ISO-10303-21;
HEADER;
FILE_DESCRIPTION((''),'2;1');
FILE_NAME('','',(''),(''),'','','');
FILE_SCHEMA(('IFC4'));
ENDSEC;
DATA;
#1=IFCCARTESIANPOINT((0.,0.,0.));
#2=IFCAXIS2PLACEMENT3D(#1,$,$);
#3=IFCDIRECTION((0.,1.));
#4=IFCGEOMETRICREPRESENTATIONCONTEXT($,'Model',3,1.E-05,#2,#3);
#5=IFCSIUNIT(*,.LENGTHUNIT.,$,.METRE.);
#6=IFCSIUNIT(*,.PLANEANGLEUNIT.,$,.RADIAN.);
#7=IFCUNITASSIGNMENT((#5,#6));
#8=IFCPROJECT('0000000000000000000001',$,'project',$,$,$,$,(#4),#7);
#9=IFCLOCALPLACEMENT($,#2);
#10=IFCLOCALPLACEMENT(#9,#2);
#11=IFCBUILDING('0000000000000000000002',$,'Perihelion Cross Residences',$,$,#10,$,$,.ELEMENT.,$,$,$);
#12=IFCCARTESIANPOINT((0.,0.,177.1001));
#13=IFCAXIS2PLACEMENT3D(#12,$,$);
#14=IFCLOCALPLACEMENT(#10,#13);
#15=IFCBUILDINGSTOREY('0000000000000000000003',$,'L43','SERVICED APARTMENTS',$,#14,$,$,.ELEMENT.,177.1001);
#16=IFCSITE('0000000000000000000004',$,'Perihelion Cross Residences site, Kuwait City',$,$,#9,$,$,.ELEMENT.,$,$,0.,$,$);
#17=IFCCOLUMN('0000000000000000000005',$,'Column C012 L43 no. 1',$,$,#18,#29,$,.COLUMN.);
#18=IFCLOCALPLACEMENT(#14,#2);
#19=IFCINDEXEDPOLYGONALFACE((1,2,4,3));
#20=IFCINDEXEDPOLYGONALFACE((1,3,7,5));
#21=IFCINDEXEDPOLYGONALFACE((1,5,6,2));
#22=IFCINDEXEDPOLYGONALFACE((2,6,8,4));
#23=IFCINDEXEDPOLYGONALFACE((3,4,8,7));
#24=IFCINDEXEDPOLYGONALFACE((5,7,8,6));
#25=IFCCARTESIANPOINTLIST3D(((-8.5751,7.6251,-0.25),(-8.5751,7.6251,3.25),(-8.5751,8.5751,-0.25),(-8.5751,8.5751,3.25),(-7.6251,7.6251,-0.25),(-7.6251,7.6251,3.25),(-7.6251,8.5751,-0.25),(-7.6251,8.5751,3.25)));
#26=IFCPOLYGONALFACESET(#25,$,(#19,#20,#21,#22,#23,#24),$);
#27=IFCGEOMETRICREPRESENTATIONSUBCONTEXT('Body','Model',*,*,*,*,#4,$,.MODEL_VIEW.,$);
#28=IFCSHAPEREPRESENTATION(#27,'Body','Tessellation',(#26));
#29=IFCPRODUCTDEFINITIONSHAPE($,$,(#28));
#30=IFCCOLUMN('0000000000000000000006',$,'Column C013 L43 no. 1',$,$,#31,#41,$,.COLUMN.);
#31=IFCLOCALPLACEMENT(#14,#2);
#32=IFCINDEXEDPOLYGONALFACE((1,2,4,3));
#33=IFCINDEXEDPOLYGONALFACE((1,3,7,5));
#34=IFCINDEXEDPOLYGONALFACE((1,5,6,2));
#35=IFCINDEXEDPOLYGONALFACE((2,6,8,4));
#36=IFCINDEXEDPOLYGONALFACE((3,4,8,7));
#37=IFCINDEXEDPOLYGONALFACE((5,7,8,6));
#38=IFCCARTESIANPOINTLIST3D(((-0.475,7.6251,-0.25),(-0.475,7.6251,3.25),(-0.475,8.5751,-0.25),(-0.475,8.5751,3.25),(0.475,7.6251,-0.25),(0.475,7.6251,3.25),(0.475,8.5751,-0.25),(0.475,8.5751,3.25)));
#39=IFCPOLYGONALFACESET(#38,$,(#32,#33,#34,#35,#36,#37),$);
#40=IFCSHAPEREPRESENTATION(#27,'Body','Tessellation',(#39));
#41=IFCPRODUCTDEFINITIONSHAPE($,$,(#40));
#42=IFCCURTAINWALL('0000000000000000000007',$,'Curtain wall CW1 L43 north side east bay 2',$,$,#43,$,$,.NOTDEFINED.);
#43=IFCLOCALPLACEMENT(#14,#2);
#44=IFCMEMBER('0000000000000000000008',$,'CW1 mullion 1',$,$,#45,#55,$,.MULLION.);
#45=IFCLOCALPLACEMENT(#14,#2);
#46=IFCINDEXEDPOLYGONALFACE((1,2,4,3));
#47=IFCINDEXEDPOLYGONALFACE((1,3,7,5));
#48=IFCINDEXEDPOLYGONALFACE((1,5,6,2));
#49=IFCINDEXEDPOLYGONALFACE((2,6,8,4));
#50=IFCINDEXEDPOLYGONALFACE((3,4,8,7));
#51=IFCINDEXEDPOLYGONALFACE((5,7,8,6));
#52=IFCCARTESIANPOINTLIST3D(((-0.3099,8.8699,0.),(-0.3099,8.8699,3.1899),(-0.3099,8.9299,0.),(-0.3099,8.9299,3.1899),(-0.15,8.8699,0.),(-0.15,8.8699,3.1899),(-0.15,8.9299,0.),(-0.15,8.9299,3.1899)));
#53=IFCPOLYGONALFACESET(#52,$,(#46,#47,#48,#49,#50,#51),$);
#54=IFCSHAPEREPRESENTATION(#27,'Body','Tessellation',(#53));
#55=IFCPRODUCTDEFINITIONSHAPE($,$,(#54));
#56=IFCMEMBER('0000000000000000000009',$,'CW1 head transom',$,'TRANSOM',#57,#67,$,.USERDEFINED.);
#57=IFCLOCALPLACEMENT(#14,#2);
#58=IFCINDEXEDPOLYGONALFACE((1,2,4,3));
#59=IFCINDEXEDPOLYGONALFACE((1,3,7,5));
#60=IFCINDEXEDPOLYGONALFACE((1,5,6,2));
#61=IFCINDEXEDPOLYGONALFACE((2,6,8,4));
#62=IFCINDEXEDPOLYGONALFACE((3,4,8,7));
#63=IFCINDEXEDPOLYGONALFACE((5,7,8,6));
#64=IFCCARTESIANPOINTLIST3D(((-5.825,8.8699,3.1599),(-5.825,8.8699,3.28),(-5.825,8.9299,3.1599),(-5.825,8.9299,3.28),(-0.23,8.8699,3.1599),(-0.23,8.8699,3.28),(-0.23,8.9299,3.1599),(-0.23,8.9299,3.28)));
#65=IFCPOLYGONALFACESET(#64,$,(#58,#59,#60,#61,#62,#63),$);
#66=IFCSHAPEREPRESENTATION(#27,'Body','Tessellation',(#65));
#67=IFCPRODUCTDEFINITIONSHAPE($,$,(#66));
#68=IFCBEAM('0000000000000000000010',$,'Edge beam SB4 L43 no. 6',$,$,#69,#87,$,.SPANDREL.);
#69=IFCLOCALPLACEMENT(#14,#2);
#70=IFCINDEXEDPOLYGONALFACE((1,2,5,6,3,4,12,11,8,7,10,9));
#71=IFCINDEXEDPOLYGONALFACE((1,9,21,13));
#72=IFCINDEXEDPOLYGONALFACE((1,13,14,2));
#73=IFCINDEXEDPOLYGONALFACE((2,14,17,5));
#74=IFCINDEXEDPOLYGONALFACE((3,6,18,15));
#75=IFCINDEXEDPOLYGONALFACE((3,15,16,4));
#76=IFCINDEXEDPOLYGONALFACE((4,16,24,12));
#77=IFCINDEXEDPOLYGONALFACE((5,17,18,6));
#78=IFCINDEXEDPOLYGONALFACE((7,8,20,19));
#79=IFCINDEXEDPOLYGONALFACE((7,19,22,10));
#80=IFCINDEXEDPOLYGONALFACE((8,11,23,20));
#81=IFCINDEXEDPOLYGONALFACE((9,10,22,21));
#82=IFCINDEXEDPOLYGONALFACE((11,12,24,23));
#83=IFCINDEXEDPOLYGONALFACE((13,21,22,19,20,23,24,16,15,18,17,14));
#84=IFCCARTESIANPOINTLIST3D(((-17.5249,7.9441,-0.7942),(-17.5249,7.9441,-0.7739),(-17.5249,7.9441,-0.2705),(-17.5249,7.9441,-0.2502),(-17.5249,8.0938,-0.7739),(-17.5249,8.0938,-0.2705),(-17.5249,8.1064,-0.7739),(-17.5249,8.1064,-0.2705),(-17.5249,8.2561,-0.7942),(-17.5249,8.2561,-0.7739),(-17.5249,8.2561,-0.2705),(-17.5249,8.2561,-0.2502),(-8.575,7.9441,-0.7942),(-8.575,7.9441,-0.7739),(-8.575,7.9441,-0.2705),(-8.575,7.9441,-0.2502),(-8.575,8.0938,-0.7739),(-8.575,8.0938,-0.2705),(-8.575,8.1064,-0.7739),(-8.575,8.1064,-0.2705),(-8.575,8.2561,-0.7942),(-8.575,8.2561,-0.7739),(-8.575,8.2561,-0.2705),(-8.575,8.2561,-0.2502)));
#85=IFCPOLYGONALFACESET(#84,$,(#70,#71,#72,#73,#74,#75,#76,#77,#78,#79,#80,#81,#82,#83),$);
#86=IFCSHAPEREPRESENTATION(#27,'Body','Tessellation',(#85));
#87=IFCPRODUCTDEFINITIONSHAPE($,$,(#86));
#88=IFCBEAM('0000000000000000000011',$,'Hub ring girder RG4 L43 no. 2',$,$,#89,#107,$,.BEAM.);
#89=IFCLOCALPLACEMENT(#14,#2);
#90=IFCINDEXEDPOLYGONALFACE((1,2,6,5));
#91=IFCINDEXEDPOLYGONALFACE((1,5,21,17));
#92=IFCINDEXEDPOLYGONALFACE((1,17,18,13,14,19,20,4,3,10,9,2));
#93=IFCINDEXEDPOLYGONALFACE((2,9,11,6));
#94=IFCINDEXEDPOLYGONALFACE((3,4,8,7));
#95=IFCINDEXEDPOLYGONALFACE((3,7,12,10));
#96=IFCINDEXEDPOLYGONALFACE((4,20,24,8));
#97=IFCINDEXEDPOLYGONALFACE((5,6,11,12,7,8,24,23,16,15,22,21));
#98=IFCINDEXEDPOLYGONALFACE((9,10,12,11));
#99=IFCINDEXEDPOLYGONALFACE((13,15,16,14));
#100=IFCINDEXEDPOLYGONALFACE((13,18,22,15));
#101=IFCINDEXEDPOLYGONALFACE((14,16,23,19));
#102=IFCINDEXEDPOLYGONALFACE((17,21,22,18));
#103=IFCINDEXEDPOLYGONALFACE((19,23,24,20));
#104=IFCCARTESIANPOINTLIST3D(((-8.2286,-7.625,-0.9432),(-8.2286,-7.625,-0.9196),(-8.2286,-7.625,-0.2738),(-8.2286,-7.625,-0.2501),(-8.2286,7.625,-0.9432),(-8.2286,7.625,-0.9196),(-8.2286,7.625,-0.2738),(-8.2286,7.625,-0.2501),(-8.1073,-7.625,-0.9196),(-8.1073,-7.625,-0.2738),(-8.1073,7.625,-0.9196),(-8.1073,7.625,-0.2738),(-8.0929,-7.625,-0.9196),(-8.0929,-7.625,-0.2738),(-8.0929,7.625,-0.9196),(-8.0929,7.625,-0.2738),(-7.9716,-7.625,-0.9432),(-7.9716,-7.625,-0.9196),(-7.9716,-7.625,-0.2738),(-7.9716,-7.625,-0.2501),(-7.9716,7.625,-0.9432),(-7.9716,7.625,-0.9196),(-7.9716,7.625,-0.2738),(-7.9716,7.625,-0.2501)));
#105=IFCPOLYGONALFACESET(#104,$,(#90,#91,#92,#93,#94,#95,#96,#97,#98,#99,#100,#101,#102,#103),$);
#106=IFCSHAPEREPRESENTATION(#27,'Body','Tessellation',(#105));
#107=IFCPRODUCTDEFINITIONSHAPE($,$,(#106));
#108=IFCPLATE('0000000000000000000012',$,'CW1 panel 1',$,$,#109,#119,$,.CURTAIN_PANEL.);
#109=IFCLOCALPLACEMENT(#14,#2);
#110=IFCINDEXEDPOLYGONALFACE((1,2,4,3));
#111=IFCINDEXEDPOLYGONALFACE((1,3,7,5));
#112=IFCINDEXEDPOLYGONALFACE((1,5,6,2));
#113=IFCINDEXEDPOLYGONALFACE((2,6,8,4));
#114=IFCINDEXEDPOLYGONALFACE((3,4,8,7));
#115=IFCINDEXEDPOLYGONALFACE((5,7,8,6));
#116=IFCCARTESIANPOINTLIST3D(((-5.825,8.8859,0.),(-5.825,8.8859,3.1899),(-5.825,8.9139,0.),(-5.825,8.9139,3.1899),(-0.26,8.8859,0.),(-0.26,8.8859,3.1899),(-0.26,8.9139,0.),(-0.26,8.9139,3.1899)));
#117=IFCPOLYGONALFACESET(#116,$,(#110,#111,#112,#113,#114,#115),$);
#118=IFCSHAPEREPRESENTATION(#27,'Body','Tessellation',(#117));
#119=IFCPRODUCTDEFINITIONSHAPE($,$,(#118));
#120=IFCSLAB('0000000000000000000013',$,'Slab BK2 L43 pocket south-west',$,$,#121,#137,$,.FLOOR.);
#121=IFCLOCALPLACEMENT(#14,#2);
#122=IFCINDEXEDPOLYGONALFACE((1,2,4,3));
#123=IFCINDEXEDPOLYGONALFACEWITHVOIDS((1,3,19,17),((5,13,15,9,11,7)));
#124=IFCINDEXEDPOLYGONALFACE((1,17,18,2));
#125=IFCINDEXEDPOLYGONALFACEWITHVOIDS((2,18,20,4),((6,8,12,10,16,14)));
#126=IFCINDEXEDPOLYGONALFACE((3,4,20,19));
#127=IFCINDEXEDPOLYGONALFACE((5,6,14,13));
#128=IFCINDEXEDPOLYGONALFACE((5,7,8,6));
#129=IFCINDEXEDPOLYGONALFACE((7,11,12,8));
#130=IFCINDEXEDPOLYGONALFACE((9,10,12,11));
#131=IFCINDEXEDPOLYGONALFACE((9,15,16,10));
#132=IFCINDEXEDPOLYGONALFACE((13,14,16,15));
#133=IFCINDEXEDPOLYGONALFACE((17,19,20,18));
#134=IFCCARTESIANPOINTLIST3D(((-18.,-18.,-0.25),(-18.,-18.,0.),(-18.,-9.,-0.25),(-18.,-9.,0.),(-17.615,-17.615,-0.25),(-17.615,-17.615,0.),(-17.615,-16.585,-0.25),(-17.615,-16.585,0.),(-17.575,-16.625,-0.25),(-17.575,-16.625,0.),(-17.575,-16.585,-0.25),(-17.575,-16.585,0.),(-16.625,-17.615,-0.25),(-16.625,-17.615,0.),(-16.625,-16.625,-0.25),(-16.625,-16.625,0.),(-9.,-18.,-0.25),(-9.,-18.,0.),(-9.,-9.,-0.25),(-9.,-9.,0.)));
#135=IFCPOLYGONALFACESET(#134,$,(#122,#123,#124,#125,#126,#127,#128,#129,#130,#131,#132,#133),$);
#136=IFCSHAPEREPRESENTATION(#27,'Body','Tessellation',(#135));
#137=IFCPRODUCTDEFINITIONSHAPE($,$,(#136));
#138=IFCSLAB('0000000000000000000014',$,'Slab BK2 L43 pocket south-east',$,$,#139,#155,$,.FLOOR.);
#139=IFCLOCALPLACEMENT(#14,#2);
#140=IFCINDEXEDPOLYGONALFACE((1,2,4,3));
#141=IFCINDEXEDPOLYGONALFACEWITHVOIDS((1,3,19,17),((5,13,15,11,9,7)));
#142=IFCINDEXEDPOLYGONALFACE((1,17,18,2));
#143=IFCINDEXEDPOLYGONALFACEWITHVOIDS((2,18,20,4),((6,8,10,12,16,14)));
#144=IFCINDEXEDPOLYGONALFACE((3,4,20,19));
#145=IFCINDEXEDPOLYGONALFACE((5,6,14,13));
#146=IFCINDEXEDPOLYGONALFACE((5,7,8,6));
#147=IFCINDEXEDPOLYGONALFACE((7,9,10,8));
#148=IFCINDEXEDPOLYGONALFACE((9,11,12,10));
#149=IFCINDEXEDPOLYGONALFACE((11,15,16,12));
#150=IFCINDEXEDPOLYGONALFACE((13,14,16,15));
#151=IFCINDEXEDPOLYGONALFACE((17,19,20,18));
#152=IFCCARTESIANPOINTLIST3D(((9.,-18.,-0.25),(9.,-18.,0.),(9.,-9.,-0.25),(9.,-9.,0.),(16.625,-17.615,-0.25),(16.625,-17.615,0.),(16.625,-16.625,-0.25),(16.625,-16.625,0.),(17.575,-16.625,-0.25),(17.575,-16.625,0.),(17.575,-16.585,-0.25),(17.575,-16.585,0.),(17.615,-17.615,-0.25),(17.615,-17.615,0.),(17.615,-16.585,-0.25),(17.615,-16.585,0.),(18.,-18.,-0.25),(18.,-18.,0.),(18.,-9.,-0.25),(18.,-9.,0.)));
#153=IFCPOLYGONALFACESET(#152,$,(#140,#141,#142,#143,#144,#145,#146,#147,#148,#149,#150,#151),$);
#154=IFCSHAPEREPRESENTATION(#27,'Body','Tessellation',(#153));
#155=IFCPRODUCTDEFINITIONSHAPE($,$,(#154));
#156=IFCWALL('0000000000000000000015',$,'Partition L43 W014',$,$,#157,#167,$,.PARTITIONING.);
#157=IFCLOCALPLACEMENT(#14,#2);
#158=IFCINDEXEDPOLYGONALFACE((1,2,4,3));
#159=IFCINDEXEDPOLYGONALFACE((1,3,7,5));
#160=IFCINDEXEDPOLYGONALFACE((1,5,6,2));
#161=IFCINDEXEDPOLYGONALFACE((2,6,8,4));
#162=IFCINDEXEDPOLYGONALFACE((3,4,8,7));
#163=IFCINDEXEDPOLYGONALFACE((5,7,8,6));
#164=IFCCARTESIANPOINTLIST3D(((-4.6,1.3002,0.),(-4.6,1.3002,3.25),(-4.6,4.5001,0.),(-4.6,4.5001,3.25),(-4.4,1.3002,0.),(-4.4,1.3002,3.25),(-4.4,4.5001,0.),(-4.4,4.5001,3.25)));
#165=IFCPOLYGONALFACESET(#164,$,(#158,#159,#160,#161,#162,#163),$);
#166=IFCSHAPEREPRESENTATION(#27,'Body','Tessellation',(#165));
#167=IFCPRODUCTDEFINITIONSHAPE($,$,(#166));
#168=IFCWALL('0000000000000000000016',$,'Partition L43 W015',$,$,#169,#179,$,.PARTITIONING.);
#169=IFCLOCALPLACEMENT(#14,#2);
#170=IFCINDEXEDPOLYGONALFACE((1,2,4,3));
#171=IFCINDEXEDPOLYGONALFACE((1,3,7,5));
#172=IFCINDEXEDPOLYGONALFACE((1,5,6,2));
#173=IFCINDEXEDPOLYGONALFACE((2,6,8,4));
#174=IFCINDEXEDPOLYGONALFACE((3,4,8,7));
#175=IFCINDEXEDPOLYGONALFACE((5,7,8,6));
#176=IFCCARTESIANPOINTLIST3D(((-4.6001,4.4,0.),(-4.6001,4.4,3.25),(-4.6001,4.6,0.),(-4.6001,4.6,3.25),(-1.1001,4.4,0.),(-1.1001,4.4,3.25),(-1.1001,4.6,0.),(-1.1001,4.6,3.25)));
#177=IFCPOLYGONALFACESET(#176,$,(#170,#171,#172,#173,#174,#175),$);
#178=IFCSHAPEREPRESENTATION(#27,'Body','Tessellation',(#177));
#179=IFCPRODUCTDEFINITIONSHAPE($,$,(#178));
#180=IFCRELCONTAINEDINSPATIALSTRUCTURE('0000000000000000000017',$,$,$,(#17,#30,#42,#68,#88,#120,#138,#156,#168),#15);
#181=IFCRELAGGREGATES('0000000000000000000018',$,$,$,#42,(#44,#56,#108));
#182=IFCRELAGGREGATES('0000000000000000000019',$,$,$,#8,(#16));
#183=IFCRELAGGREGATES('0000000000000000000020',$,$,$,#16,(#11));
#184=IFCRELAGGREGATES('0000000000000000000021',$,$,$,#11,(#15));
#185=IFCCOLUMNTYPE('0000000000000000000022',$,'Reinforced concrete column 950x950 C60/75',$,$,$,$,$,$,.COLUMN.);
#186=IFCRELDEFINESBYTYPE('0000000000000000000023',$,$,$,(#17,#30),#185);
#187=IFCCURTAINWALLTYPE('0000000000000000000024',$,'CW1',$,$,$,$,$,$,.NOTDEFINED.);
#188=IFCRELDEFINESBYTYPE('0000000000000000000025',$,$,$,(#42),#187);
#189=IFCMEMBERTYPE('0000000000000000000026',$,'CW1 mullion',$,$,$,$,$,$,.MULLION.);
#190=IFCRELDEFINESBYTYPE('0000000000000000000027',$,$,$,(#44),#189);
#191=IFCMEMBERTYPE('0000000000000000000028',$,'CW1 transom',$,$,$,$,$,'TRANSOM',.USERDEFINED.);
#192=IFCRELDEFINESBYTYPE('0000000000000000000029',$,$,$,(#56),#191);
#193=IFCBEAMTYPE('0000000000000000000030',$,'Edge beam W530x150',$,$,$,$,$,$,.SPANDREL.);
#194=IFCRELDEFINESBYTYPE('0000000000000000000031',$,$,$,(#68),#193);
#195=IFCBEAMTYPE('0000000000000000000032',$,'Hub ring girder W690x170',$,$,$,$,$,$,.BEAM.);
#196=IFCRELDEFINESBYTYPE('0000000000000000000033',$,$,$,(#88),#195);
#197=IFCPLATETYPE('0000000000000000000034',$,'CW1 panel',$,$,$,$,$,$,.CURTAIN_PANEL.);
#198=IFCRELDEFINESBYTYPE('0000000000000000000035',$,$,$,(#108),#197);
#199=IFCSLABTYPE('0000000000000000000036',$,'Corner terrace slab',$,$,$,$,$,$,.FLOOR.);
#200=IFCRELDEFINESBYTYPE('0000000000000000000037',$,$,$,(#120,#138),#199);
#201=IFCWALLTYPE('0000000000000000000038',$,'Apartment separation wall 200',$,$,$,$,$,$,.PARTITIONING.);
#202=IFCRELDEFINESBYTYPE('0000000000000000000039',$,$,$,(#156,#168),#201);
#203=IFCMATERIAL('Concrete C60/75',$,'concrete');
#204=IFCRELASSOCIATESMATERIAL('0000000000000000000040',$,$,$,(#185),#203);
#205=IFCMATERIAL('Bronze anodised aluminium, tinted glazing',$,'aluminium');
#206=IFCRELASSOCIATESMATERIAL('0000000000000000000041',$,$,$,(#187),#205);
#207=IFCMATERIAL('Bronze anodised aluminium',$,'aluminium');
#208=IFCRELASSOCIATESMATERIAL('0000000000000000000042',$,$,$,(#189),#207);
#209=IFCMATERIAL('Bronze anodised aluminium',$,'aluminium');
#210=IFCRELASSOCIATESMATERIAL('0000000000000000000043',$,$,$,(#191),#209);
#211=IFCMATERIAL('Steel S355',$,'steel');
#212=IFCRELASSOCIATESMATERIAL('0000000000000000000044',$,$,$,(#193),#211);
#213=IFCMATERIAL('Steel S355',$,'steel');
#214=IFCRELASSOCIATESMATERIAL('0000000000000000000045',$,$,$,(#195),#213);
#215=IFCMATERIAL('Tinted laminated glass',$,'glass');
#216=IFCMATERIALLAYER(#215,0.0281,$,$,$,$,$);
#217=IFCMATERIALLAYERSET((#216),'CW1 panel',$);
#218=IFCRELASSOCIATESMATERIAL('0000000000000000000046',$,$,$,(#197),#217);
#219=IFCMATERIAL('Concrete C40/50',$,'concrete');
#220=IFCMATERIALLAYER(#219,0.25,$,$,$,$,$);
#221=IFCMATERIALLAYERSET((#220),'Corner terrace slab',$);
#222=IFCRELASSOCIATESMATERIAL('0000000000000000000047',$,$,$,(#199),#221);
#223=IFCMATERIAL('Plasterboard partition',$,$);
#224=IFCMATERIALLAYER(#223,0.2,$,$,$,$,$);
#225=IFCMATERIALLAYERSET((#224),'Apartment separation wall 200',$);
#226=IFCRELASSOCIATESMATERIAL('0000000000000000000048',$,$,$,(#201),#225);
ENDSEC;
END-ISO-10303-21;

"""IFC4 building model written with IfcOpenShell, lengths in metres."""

from ifc_helpers import new_model, si_unit, direction, frame, frame_2d, origin, origin_2d, place, context, subcontext, project, spatial, polyline, rectangle, i_section, outline, extrude, material, layer, layer_set, material_profile, profile_set, type_object, element, aggregate, save


model = new_model("IFC4")

# Units and contexts
model_context = context("Model", 3, precision=1e-05, world=origin(), true_north=direction((0.0, 1.0)))
body_context = subcontext(model_context, "Body", "Model", "MODEL_VIEW")
ifc_project = project(units=[si_unit("LENGTHUNIT", "METRE"), si_unit("PLANEANGLEUNIT", "RADIAN")], contexts=[model_context])

# Site, building, storey
site_placement = place(None, origin())
site = spatial("IfcSite", under=ifc_project, at=site_placement, Name="Perihelion Cross Residences site, Kuwait City", CompositionType="ELEMENT", RefElevation=0.0)
building_placement = place(site_placement, origin())
building = spatial("IfcBuilding", under=site, at=building_placement, Name="Perihelion Cross Residences", CompositionType="ELEMENT")
storey_placement = place(building_placement, frame((0.0, 0.0, 177.1001)))
storey = spatial("IfcBuildingStorey", under=building, at=storey_placement, Name="L43", Description="SERVICED APARTMENTS", CompositionType="ELEMENT", Elevation=177.1001)

# Columns
ifc_material_1 = material(Name="Concrete C60/75", Category="concrete")
ifc_material_profile_1 = material_profile(ifc_material_1, rectangle(XDim=0.95, YDim=0.95, at=origin_2d()), Name="RC 950x950")
ifc_profile_set_1 = profile_set([ifc_material_profile_1], Name="Concrete C60/75")
column_type = type_object("IfcColumnType", Name="Reinforced concrete column 950x950 C60/75", PredefinedType="COLUMN", material=ifc_profile_set_1)
for number, where, z_axis, x_axis, name in (
    (1, (-8.1001, 8.1001, -0.25), (0.0, 0.0, 1.0), (1.0, 0.0, 0.0), "Column C012 L43 no. 1"),
    (2, (0.0, 8.1001, -0.25), (0.0, 0.0, 1.0), (1.0, 0.0, 0.0), "Column C013 L43 no. 1"),
):
    element("IfcColumn", number, at=place(storey_placement, frame(where, z_axis=z_axis, x_axis=x_axis)), inside=storey, type_object=column_type, Name=name, PredefinedType="COLUMN", context=body_context, shape_type="SweptSolid", body=[
        extrude(rectangle(XDim=0.95, YDim=0.95, at=origin_2d()), origin(), (0.0, 0.0, 1.0), 3.5),
    ])

# Curtain wall, members
ifc_material_2 = material(Name="Bronze anodised aluminium, tinted glazing", Category="aluminium")
curtain_wall_type = type_object("IfcCurtainWallType", Name="CW1", PredefinedType="NOTDEFINED", material=ifc_material_2)
curtain_wall_placement = place(storey_placement, origin())
curtain_wall = element("IfcCurtainWall", 3, at=curtain_wall_placement, inside=storey, type_object=curtain_wall_type, Name="Curtain wall CW1 L43 north side east bay 2", PredefinedType="NOTDEFINED")
ifc_material_3 = material(Name="Bronze anodised aluminium", Category="aluminium")
ifc_material_profile_2 = material_profile(ifc_material_3, rectangle(XDim=0.0601, YDim=0.1599, at=origin_2d()), Name="CW1 mullion")
ifc_profile_set_2 = profile_set([ifc_material_profile_2], Name="Bronze anodised aluminium")
member_type_1 = type_object("IfcMemberType", Name="CW1 mullion", PredefinedType="MULLION", material=ifc_profile_set_2)
member_1_placement = place(storey_placement, frame((-0.23, 8.8999, 0.0), z_axis=(0.0, 0.0, 1.0), x_axis=(0.0, -1.0, 0.0)))
member_1 = element("IfcMember", 4, at=member_1_placement, type_object=member_type_1, Name="CW1 mullion 1", PredefinedType="MULLION", context=body_context, shape_type="SweptSolid", body=[
    extrude(rectangle(XDim=0.0601, YDim=0.1599, at=origin_2d()), origin(), (0.0, 0.0, 1.0), 3.1899),
])
ifc_material_4 = material(Name="Bronze anodised aluminium", Category="aluminium")
ifc_material_profile_3 = material_profile(ifc_material_4, rectangle(XDim=0.0601, YDim=0.1201, at=origin_2d()), Name="CW1 transom")
ifc_profile_set_3 = profile_set([ifc_material_profile_3], Name="Bronze anodised aluminium")
member_type_2 = type_object("IfcMemberType", Name="CW1 transom", ElementType="TRANSOM", PredefinedType="USERDEFINED", material=ifc_profile_set_3)
member_2_placement = place(storey_placement, frame((-0.23, 8.8999, 3.22), z_axis=(-1.0, 0.0, 0.0), x_axis=(0.0, -1.0, 0.0)))
member_2 = element("IfcMember", 5, at=member_2_placement, type_object=member_type_2, Name="CW1 head transom", ObjectType="TRANSOM", PredefinedType="USERDEFINED", context=body_context, shape_type="SweptSolid", body=[
    extrude(rectangle(XDim=0.0601, YDim=0.1201, at=origin_2d()), origin(), (0.0, 0.0, 1.0), 5.595),
])

# Beams
ifc_material_5 = material(Name="Steel S355", Category="steel")
ifc_material_profile_4 = material_profile(ifc_material_5, i_section(OverallWidth=0.312, OverallDepth=0.5439, WebThickness=0.0127, FlangeThickness=0.0203, at=origin_2d()), Name="W530x150")
ifc_profile_set_4 = profile_set([ifc_material_profile_4], Name="Steel S355")
beam_type_1 = type_object("IfcBeamType", Name="Edge beam W530x150", PredefinedType="SPANDREL", material=ifc_profile_set_4)
beam_1_placement = place(storey_placement, frame((-8.575, 8.1001, -0.5222), z_axis=(-1.0, 0.0, 0.0), x_axis=(0.0, -1.0, 0.0)))
element("IfcBeam", 6, at=beam_1_placement, inside=storey, type_object=beam_type_1, Name="Edge beam SB4 L43 no. 6", PredefinedType="SPANDREL", context=body_context, shape_type="SweptSolid", body=[
    extrude(i_section(OverallWidth=0.312, OverallDepth=0.5439, WebThickness=0.0127, FlangeThickness=0.0203, at=origin_2d()), origin(), (0.0, 0.0, 1.0), 8.95),
])
ifc_material_6 = material(Name="Steel S355", Category="steel")
ifc_material_profile_5 = material_profile(ifc_material_6, i_section(OverallWidth=0.2571, OverallDepth=0.6931, WebThickness=0.0144, FlangeThickness=0.0237, at=origin_2d()), Name="W690x170")
ifc_profile_set_5 = profile_set([ifc_material_profile_5], Name="Steel S355")
beam_type_2 = type_object("IfcBeamType", Name="Hub ring girder W690x170", PredefinedType="BEAM", material=ifc_profile_set_5)
beam_2_placement = place(storey_placement, frame((-8.1001, 7.625, -0.5967), z_axis=(0.0, -1.0, 0.0), x_axis=(1.0, 0.0, 0.0)))
element("IfcBeam", 7, at=beam_2_placement, inside=storey, type_object=beam_type_2, Name="Hub ring girder RG4 L43 no. 2", PredefinedType="BEAM", context=body_context, shape_type="SweptSolid", body=[
    extrude(i_section(OverallWidth=0.2571, OverallDepth=0.6931, WebThickness=0.0144, FlangeThickness=0.0237, at=origin_2d()), origin(), (0.0, 0.0, 1.0), 15.25),
])

# Plate
ifc_material_7 = material(Name="Tinted laminated glass", Category="glass")
ifc_layer_1 = layer(ifc_material_7, 0.0281)
ifc_layer_set_1 = layer_set([ifc_layer_1], Name="CW1 panel")
plate_type = type_object("IfcPlateType", Name="CW1 panel", PredefinedType="CURTAIN_PANEL", material=ifc_layer_set_1)
plate_placement = place(storey_placement, frame((-3.0425, 8.8999, 0.0), z_axis=(0.0, 0.0, 1.0), x_axis=(-1.0, 0.0, 0.0)))
plate = element("IfcPlate", 8, at=plate_placement, type_object=plate_type, Name="CW1 panel 1", PredefinedType="CURTAIN_PANEL", context=body_context, shape_type="SweptSolid", body=[
    extrude(rectangle(XDim=5.5649, YDim=0.0281, at=origin_2d()), origin(), (0.0, 0.0, 1.0), 3.1899),
])
aggregate(curtain_wall, [member_1, member_2, plate])

# Slabs
ifc_material_8 = material(Name="Concrete C40/50", Category="concrete")
ifc_layer_2 = layer(ifc_material_8, 0.25)
ifc_layer_set_2 = layer_set([ifc_layer_2], Name="Corner terrace slab")
slab_type = type_object("IfcSlabType", Name="Corner terrace slab", PredefinedType="FLOOR", material=ifc_layer_set_2)
slab_1_placement = place(storey_placement, frame((0.0, 0.0, -0.25)))
element("IfcSlab", 9, at=slab_1_placement, inside=storey, type_object=slab_type, Name="Slab BK2 L43 pocket south-west", PredefinedType="FLOOR", context=body_context, shape_type="SweptSolid", body=[
    extrude(outline(polyline([(-9.0, -18.0), (-9.0, -9.0), (-18.0, -9.0), (-18.0, -18.0), (-9.0, -18.0)]), holes=[polyline([(-16.625, -17.615), (-17.615, -17.615), (-17.615, -16.585), (-17.575, -16.585), (-17.575, -16.625), (-16.625, -16.625), (-16.625, -17.615)])]), origin(), (0.0, 0.0, 1.0), 0.25),
])
slab_2_placement = place(storey_placement, frame((0.0, 0.0, -0.25)))
element("IfcSlab", 10, at=slab_2_placement, inside=storey, type_object=slab_type, Name="Slab BK2 L43 pocket south-east", PredefinedType="FLOOR", context=body_context, shape_type="SweptSolid", body=[
    extrude(outline(polyline([(18.0, -18.0), (18.0, -9.0), (9.0, -9.0), (9.0, -18.0), (18.0, -18.0)]), holes=[polyline([(16.625, -17.615), (16.625, -16.625), (17.575, -16.625), (17.575, -16.585), (17.615, -16.585), (17.615, -17.615), (16.625, -17.615)])]), origin(), (0.0, 0.0, 1.0), 0.25),
])

# Walls
ifc_material_9 = material(Name="Plasterboard partition")
ifc_layer_3 = layer(ifc_material_9, 0.2)
ifc_layer_set_3 = layer_set([ifc_layer_3], Name="Apartment separation wall 200")
wall_type_1 = type_object("IfcWallType", Name="Apartment separation wall 200", PredefinedType="PARTITIONING", material=ifc_layer_set_3)
wall_1_placement = place(storey_placement, frame((-4.5, 1.3, 0.0), z_axis=(0.0, 0.0, 1.0), x_axis=(0.0, 1.0, 0.0)))
element("IfcWall", 11, at=wall_1_placement, inside=storey, type_object=wall_type_1, Name="Partition L43 W014", PredefinedType="PARTITIONING", context=body_context, shape_type="SweptSolid", body=[
    extrude(rectangle(XDim=3.2, YDim=0.2, at=frame_2d((1.6001, 0.0))), origin(), (0.0, 0.0, 1.0), 3.25),
])
wall_2_placement = place(storey_placement, frame((-4.6001, 4.5, 0.0), z_axis=(0.0, 0.0, 1.0), x_axis=(1.0, 0.0, 0.0)))
element("IfcWall", 12, at=wall_2_placement, inside=storey, type_object=wall_type_1, Name="Partition L43 W015", PredefinedType="PARTITIONING", context=body_context, shape_type="SweptSolid", body=[
    extrude(rectangle(XDim=3.5, YDim=0.2, at=frame_2d((1.75, 0.0))), origin(), (0.0, 0.0, 1.0), 3.25),
])

save(model, "model.ifc")
